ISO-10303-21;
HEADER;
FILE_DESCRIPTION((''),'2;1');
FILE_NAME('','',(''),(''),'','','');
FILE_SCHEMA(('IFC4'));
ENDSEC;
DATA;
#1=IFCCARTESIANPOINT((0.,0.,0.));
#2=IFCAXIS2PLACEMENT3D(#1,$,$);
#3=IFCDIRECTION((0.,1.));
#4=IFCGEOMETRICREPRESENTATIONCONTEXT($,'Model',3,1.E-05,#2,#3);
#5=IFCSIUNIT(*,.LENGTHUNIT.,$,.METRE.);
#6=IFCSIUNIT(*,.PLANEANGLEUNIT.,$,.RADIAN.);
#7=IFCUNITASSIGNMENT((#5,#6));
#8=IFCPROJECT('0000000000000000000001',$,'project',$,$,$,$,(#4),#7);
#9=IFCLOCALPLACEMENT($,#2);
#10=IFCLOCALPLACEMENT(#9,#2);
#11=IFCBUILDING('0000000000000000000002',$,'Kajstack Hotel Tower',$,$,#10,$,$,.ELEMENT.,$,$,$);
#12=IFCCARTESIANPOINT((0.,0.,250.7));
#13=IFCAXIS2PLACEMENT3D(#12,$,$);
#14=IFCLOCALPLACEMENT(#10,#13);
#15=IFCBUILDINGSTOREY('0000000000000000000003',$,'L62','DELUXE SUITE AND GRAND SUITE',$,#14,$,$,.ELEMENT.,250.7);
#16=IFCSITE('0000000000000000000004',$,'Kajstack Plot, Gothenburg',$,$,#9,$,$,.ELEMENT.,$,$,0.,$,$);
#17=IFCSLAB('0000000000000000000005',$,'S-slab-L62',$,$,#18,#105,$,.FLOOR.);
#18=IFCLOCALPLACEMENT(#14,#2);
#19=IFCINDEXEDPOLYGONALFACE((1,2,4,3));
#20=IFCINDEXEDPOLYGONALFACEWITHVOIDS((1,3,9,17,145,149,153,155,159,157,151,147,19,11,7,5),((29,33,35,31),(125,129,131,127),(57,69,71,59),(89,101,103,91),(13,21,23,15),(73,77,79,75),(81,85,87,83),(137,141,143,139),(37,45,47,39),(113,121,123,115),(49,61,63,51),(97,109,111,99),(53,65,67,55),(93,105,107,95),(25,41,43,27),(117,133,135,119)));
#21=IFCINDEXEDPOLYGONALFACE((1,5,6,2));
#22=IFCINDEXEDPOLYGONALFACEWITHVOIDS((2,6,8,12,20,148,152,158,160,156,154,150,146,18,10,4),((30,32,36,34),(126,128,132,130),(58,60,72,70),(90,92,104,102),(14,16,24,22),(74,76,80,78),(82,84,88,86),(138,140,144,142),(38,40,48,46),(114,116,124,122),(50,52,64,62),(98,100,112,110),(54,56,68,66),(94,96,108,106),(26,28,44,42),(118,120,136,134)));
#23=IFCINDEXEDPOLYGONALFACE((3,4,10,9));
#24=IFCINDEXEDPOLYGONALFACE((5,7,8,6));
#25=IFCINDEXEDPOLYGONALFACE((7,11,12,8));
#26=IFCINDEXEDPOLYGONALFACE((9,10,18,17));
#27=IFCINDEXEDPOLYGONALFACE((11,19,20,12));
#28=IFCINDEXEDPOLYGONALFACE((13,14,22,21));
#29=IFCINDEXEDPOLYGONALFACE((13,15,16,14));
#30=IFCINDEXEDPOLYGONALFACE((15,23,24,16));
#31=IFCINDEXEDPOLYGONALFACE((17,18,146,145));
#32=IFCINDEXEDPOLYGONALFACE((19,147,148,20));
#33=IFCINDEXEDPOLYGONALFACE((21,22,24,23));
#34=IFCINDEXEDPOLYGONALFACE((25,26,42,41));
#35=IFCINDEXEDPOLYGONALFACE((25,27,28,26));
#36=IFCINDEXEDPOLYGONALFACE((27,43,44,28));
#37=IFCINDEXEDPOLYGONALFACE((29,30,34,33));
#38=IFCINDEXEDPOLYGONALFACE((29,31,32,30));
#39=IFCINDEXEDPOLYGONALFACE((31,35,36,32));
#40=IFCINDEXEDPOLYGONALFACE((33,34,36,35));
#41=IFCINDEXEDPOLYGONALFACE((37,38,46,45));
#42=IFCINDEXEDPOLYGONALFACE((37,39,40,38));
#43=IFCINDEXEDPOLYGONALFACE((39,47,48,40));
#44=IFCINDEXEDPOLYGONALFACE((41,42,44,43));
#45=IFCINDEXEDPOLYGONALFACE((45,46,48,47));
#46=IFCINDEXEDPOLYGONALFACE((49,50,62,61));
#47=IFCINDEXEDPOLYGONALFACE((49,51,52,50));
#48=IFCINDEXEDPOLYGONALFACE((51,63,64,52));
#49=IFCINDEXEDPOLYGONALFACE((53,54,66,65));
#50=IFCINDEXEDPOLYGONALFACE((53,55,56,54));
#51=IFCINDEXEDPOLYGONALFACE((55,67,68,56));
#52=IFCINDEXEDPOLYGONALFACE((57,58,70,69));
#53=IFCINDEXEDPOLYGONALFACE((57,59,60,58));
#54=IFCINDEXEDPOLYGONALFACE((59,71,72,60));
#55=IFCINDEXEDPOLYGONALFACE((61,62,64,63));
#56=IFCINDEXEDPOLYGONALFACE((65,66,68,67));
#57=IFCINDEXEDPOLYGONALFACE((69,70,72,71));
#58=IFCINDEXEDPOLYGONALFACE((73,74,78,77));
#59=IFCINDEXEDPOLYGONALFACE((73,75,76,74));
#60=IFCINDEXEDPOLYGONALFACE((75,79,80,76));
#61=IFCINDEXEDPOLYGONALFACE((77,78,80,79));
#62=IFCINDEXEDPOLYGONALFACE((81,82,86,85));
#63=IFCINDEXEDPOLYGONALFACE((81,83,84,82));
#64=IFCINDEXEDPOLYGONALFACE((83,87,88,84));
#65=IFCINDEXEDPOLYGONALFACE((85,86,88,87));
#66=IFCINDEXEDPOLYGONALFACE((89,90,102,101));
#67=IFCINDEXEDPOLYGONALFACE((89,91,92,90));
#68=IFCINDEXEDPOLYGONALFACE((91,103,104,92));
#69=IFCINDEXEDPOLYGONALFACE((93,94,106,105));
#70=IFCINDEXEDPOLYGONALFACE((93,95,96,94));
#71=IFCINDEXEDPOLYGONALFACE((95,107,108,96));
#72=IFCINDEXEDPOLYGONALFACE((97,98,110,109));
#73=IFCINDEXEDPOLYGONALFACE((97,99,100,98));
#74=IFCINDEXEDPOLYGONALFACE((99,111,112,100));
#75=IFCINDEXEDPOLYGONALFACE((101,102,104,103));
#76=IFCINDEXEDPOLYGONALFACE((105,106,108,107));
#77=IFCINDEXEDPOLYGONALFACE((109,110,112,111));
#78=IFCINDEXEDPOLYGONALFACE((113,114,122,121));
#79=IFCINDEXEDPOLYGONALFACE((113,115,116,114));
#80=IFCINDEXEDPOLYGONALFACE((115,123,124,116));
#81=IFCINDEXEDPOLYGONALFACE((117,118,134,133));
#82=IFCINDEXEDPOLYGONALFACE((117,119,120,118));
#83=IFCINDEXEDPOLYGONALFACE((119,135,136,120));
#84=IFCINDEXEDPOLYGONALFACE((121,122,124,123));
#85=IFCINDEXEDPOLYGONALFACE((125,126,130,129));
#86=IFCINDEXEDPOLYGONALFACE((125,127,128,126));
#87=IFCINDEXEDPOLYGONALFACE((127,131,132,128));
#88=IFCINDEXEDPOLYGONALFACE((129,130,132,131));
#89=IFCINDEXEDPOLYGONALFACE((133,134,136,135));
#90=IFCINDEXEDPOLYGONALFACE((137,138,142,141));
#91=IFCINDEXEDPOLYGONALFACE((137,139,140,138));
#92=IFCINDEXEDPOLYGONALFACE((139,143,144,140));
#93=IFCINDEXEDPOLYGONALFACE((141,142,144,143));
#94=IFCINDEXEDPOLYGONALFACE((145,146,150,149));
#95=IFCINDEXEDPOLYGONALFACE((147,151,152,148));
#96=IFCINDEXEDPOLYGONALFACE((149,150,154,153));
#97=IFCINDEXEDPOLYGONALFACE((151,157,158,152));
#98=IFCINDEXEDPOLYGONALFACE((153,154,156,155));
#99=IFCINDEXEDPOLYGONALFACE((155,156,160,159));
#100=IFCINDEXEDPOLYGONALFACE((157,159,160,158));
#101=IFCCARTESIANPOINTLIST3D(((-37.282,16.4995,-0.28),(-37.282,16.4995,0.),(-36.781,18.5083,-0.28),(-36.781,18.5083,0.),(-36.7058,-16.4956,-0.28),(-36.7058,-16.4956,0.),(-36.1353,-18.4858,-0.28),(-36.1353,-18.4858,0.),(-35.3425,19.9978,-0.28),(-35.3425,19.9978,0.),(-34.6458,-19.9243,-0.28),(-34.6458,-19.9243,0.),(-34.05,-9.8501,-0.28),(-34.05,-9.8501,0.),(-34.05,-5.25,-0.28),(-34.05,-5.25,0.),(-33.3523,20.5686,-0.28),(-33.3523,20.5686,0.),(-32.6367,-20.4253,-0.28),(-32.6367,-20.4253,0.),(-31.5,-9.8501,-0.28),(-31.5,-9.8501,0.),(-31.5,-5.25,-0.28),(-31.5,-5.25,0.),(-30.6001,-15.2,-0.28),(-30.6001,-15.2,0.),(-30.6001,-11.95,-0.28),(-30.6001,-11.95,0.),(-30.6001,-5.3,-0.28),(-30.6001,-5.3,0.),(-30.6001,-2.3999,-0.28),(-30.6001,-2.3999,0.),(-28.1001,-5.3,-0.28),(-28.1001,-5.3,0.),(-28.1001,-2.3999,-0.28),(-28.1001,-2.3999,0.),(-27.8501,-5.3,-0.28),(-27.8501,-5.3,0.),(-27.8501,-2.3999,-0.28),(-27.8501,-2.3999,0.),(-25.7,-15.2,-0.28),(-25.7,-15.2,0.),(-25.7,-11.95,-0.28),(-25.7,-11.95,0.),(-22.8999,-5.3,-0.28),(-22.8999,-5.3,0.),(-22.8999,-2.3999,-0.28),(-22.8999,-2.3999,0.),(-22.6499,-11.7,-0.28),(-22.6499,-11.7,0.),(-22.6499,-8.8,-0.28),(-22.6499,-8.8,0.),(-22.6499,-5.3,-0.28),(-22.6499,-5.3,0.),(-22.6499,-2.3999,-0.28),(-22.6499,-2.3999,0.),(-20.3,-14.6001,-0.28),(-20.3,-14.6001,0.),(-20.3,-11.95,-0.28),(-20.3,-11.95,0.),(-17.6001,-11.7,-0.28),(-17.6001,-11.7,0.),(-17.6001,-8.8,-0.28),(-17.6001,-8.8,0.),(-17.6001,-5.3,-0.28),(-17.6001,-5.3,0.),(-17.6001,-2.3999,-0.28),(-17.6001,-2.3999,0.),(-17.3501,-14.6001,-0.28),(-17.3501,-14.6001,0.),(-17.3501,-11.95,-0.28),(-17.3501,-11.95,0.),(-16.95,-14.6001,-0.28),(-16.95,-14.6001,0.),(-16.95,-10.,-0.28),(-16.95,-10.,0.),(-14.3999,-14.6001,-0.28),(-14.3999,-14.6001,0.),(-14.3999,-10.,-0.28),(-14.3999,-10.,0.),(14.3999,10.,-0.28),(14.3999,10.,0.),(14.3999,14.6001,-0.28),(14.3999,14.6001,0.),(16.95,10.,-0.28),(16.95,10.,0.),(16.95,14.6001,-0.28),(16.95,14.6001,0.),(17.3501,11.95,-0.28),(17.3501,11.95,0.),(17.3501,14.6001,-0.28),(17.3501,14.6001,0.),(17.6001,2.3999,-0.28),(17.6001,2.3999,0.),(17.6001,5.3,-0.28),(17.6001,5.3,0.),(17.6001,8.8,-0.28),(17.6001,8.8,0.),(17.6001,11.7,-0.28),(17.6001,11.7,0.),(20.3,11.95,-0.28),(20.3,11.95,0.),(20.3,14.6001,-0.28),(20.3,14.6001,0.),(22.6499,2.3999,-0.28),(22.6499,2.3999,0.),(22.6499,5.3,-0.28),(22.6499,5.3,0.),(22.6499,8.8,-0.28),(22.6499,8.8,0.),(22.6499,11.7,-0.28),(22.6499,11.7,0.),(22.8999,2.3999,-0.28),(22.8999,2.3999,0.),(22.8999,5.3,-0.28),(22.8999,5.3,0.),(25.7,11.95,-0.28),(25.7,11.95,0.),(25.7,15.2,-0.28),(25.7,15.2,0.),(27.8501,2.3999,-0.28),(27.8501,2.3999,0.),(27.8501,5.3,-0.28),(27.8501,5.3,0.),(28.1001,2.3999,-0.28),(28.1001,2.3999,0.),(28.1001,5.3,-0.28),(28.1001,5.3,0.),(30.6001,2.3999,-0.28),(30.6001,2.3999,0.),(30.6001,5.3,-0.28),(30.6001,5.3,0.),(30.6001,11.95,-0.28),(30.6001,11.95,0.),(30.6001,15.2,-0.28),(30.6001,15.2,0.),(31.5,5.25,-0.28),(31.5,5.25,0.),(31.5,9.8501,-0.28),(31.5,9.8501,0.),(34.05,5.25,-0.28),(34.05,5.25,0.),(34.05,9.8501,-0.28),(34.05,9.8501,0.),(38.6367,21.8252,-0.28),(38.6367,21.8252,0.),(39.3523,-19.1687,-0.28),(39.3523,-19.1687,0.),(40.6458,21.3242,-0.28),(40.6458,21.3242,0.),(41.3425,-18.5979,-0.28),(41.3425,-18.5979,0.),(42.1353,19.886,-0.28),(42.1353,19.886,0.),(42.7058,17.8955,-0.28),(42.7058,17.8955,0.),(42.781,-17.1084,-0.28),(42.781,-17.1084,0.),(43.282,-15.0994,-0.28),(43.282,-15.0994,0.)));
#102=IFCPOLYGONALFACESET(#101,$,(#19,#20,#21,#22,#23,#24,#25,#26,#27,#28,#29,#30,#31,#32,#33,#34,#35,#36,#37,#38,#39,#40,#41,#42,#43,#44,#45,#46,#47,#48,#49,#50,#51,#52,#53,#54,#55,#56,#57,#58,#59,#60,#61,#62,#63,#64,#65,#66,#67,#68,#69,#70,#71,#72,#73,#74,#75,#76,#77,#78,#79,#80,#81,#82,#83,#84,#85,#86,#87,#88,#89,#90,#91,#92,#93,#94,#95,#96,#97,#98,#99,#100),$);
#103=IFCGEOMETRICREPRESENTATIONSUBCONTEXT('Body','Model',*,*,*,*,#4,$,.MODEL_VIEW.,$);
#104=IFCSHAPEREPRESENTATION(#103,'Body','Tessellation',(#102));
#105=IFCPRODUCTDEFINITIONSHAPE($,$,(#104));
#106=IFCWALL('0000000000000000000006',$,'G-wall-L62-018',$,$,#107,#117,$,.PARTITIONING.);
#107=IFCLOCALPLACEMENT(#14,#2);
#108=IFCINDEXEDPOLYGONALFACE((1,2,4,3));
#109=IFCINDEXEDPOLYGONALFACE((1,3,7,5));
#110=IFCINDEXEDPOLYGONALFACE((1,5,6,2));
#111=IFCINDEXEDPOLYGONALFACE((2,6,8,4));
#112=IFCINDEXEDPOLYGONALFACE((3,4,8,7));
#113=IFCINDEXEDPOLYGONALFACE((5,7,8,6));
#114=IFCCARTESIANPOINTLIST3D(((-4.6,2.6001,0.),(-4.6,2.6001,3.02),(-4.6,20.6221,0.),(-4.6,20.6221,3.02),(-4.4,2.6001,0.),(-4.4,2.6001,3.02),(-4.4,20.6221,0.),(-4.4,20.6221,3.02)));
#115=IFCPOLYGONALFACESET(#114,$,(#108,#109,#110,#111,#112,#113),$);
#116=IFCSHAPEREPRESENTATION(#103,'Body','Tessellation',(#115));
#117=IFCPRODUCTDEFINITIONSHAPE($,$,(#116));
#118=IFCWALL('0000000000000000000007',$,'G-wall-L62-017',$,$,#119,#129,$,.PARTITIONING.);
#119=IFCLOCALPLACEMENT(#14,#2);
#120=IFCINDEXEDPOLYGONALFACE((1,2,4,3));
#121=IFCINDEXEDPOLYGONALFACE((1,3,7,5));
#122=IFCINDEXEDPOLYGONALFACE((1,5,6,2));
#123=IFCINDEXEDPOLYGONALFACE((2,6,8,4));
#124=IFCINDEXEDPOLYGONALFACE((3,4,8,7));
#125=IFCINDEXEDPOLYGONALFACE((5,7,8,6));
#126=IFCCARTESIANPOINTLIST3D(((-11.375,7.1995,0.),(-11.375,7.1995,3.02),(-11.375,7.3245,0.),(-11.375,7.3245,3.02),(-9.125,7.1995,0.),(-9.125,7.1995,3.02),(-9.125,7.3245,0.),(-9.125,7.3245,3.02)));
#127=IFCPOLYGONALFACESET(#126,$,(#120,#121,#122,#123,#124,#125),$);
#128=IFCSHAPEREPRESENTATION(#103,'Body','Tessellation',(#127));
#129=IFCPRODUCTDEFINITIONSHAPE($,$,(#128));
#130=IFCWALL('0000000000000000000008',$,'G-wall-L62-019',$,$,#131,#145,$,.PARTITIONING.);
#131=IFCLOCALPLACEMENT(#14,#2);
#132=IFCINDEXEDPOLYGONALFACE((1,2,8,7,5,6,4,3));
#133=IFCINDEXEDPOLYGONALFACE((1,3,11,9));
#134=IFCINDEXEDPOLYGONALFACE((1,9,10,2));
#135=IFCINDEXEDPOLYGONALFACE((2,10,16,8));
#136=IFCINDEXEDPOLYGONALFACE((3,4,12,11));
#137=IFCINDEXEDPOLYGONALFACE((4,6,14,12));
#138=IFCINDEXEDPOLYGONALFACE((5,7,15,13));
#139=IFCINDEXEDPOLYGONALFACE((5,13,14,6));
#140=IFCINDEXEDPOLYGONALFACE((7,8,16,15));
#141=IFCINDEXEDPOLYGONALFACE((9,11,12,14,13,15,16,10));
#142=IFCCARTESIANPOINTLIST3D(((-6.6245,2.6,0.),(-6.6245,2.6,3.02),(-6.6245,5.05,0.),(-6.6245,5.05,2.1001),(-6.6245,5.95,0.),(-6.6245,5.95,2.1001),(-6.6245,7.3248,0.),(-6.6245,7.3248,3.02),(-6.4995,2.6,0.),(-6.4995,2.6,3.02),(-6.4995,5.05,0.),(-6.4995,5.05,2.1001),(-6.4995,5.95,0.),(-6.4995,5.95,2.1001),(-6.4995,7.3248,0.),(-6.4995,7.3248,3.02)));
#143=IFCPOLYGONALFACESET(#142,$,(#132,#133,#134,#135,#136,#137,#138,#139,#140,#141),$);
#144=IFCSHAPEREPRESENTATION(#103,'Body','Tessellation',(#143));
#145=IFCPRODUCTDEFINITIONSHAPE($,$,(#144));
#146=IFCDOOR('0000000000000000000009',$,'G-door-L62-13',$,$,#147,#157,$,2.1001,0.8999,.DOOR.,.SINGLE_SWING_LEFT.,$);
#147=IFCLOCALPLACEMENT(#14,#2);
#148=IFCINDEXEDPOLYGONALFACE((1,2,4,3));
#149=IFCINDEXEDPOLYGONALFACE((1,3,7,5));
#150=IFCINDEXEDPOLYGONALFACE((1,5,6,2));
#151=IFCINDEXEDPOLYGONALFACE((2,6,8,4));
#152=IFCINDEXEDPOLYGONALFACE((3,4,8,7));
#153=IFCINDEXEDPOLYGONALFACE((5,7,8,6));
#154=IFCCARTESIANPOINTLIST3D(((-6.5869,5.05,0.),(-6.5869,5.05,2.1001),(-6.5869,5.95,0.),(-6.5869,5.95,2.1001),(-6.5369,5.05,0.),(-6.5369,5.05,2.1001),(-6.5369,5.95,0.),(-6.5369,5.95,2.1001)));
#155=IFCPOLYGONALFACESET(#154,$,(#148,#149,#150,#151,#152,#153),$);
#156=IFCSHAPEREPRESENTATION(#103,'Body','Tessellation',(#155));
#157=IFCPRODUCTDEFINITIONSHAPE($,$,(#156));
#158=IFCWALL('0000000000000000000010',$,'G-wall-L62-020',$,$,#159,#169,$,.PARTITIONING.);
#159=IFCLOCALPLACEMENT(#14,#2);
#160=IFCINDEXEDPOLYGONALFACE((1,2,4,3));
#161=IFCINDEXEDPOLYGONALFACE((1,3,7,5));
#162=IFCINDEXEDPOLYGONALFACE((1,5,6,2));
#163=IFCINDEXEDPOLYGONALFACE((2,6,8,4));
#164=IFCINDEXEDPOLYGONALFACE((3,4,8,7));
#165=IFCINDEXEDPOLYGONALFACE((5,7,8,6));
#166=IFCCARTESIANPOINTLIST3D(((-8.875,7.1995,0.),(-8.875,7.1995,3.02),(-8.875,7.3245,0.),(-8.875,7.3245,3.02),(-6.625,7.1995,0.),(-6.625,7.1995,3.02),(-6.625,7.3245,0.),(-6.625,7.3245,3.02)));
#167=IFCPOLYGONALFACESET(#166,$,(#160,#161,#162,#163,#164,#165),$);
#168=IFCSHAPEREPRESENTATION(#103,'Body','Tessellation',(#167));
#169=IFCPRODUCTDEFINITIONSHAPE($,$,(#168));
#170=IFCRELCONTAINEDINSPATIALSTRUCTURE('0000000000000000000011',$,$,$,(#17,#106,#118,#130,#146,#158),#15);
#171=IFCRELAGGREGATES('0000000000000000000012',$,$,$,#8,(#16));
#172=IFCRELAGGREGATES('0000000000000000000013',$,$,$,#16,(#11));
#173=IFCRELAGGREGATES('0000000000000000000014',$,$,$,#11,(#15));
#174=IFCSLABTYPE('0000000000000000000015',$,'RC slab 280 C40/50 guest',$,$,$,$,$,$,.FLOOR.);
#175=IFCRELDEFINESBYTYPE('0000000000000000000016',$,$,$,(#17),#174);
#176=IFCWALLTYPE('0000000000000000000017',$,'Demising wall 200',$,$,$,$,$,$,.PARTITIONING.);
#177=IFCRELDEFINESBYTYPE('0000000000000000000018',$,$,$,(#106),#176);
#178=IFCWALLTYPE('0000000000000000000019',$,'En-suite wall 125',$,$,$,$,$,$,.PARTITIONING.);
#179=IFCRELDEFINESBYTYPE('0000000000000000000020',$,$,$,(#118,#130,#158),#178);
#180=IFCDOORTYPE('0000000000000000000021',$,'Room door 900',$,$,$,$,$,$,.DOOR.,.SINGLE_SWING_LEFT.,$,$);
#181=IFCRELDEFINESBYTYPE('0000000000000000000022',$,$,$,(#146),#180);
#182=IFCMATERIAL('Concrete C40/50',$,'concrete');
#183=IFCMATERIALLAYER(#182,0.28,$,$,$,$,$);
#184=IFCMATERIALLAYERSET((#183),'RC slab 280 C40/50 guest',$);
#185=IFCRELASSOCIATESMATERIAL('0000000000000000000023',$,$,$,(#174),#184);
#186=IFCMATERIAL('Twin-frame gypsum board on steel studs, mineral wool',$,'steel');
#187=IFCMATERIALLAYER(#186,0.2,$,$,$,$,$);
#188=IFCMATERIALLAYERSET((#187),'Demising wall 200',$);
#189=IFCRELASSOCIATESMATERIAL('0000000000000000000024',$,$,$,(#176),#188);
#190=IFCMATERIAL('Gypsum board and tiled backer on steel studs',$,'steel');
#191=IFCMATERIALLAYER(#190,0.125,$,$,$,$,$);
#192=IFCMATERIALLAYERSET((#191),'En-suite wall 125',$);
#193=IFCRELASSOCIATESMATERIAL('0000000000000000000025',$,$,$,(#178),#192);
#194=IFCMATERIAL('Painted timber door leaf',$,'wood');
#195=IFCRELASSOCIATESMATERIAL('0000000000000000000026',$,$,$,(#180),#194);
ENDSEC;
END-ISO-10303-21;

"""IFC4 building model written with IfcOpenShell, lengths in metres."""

from ifc_helpers import new_model, si_unit, direction, frame, frame_2d, origin, place, context, subcontext, project, spatial, polyline, rectangle, outline, extrude, material, layer, layer_set, type_object, element, fill, save


model = new_model("IFC4")

# Units and contexts
model_context = context("Model", 3, precision=1e-05, world=origin(), true_north=direction((0.0, 1.0)))
body_context = subcontext(model_context, "Body", "Model", "MODEL_VIEW")
ifc_project = project(units=[si_unit("LENGTHUNIT", "METRE"), si_unit("PLANEANGLEUNIT", "RADIAN")], contexts=[model_context])

# Site, building, storey
site_placement = place(None, origin())
site = spatial("IfcSite", under=ifc_project, at=site_placement, Name="Kajstack Plot, Gothenburg", CompositionType="ELEMENT", RefElevation=0.0)
building_placement = place(site_placement, origin())
building = spatial("IfcBuilding", under=site, at=building_placement, Name="Kajstack Hotel Tower", CompositionType="ELEMENT")
storey_placement = place(building_placement, frame((0.0, 0.0, 250.7)))
storey = spatial("IfcBuildingStorey", under=building, at=storey_placement, Name="L62", Description="DELUXE SUITE AND GRAND SUITE", CompositionType="ELEMENT", Elevation=250.7)

# Slab
ifc_material_1 = material(Name="Concrete C40/50", Category="concrete")
ifc_layer_1 = layer(ifc_material_1, 0.28)
ifc_layer_set_1 = layer_set([ifc_layer_1], Name="RC slab 280 C40/50 guest")
slab_type = type_object("IfcSlabType", Name="RC slab 280 C40/50 guest", PredefinedType="FLOOR", material=ifc_layer_set_1)
slab_placement = place(storey_placement, frame((0.0, 0.0, -0.28)))
element("IfcSlab", 1, at=slab_placement, inside=storey, type_object=slab_type, Name="S-slab-L62", PredefinedType="FLOOR", context=body_context, shape_type="SweptSolid", body=[
    extrude(outline(polyline([(-37.282, 16.4995), (-36.7058, -16.4956), (-36.1353, -18.4858), (-34.6458, -19.9243), (-32.6367, -20.4253), (39.3523, -19.1687), (41.3425, -18.5979), (42.781, -17.1084), (43.282, -15.0994), (42.7058, 17.8955), (42.1353, 19.886), (40.6458, 21.3242), (38.6367, 21.8252), (-33.3523, 20.5686), (-35.3425, 19.9978), (-36.781, 18.5083), (-37.282, 16.4995)]), holes=[polyline([(-22.6499, -11.7), (-22.6499, -8.8), (-17.6001, -8.8), (-17.6001, -11.7), (-22.6499, -11.7)]), polyline([(-27.8501, -5.3), (-27.8501, -2.3999), (-22.8999, -2.3999), (-22.8999, -5.3), (-27.8501, -5.3)]), polyline([(-22.6499, -5.3), (-22.6499, -2.3999), (-17.6001, -2.3999), (-17.6001, -5.3), (-22.6499, -5.3)]), polyline([(-20.3, -14.6001), (-17.3501, -14.6001), (-17.3501, -11.95), (-20.3, -11.95), (-20.3, -14.6001)]), polyline([(-30.6001, -5.3), (-28.1001, -5.3), (-28.1001, -2.3999), (-30.6001, -2.3999), (-30.6001, -5.3)]), polyline([(17.6001, 8.8), (17.6001, 11.7), (22.6499, 11.7), (22.6499, 8.8), (17.6001, 8.8)]), polyline([(22.8999, 2.3999), (22.8999, 5.3), (27.8501, 5.3), (27.8501, 2.3999), (22.8999, 2.3999)]), polyline([(17.6001, 2.3999), (17.6001, 5.3), (22.6499, 5.3), (22.6499, 2.3999), (17.6001, 2.3999)]), polyline([(20.3, 14.6001), (17.3501, 14.6001), (17.3501, 11.95), (20.3, 11.95), (20.3, 14.6001)]), polyline([(30.6001, 5.3), (28.1001, 5.3), (28.1001, 2.3999), (30.6001, 2.3999), (30.6001, 5.3)]), polyline([(-34.05, -9.8501), (-31.5, -9.8501), (-31.5, -5.25), (-34.05, -5.25), (-34.05, -9.8501)]), polyline([(-16.95, -14.6001), (-14.3999, -14.6001), (-14.3999, -10.0), (-16.95, -10.0), (-16.95, -14.6001)]), polyline([(-30.6001, -15.2), (-25.7, -15.2), (-25.7, -11.95), (-30.6001, -11.95), (-30.6001, -15.2)]), polyline([(34.05, 9.8501), (31.5, 9.8501), (31.5, 5.25), (34.05, 5.25), (34.05, 9.8501)]), polyline([(16.95, 14.6001), (14.3999, 14.6001), (14.3999, 10.0), (16.95, 10.0), (16.95, 14.6001)]), polyline([(30.6001, 15.2), (25.7, 15.2), (25.7, 11.95), (30.6001, 11.95), (30.6001, 15.2)])]), origin(), (0.0, 0.0, 1.0), 0.28),
])

# Walls
ifc_material_2 = material(Name="Twin-frame gypsum board on steel studs, mineral wool", Category="steel")
ifc_layer_2 = layer(ifc_material_2, 0.2)
ifc_layer_set_2 = layer_set([ifc_layer_2], Name="Demising wall 200")
wall_type_1 = type_object("IfcWallType", Name="Demising wall 200", PredefinedType="PARTITIONING", material=ifc_layer_set_2)
wall_1_placement = place(storey_placement, frame((-4.5, 2.6001, 0.0), z_axis=(0.0, 0.0, 1.0), x_axis=(0.0, 1.0, 0.0)))
element("IfcWall", 2, at=wall_1_placement, inside=storey, type_object=wall_type_1, Name="G-wall-L62-018", PredefinedType="PARTITIONING", context=body_context, shape_type="SweptSolid", body=[
    extrude(rectangle(XDim=18.022, YDim=0.2, at=frame_2d((9.011, 0.0))), origin(), (0.0, 0.0, 1.0), 3.02),
])
ifc_material_3 = material(Name="Gypsum board and tiled backer on steel studs", Category="steel")
ifc_layer_3 = layer(ifc_material_3, 0.125)
ifc_layer_set_3 = layer_set([ifc_layer_3], Name="En-suite wall 125")
wall_type_2 = type_object("IfcWallType", Name="En-suite wall 125", PredefinedType="PARTITIONING", material=ifc_layer_set_3)
wall_2_placement = place(storey_placement, frame((-11.375, 7.262, 0.0), z_axis=(0.0, 0.0, 1.0), x_axis=(1.0, 0.0, 0.0)))
element("IfcWall", 3, at=wall_2_placement, inside=storey, type_object=wall_type_2, Name="G-wall-L62-017", PredefinedType="PARTITIONING", context=body_context, shape_type="SweptSolid", body=[
    extrude(rectangle(XDim=2.25, YDim=0.125, at=frame_2d((1.125, 0.0))), origin(), (0.0, 0.0, 1.0), 3.02),
])

# Wall, opening, door
wall_3_placement = place(storey_placement, frame((-6.562, 2.6001, 0.0), z_axis=(0.0, 0.0, 1.0), x_axis=(0.0, 1.0, 0.0)))
wall_3 = element("IfcWall", 4, at=wall_3_placement, inside=storey, type_object=wall_type_2, Name="G-wall-L62-019", PredefinedType="PARTITIONING", context=body_context, shape_type="SweptSolid", body=[
    extrude(rectangle(XDim=4.7249, YDim=0.125, at=frame_2d((2.3623, 0.0))), origin(), (0.0, 0.0, 1.0), 3.02),
])
opening_1_placement = place(wall_3_placement, frame((2.45, 0.0, 0.0)))
opening_1 = element("IfcOpeningElement", 5, at=opening_1_placement, cuts=wall_3, PredefinedType="OPENING", context=body_context, shape_type="SweptSolid", body=[
    extrude(rectangle(XDim=0.8999, YDim=2.1001, at=frame_2d((0.45, 1.05))), frame((0.0, 0.0725, 0.0), z_axis=(0.0, -1.0, 0.0), x_axis=(1.0, 0.0, 0.0)), (0.0, 0.0, 1.0), 0.145),
])
ifc_material_4 = material(Name="Painted timber door leaf", Category="wood")
door_type_1 = type_object("IfcDoorType", Name="Room door 900", OperationType="SINGLE_SWING_LEFT", PredefinedType="DOOR", material=ifc_material_4)
door_1_placement = place(opening_1_placement, origin())
door_1 = element("IfcDoor", 6, at=door_1_placement, inside=storey, type_object=door_type_1, Name="G-door-L62-13", OperationType="SINGLE_SWING_LEFT", OverallHeight=2.1001, OverallWidth=0.8999, PredefinedType="DOOR", context=body_context, shape_type="SweptSolid", body=[
    extrude(rectangle(XDim=0.8999, YDim=2.1001, at=frame_2d((0.45, 1.05))), frame((0.0, 0.0249, 0.0), z_axis=(0.0, -1.0, 0.0), x_axis=(1.0, 0.0, 0.0)), (0.0, 0.0, 1.0), 0.05),
])
fill(opening_1, door_1)

# Wall
wall_4_placement = place(storey_placement, frame((-8.875, 7.262, 0.0), z_axis=(0.0, 0.0, 1.0), x_axis=(1.0, 0.0, 0.0)))
element("IfcWall", 7, at=wall_4_placement, inside=storey, type_object=wall_type_2, Name="G-wall-L62-020", PredefinedType="PARTITIONING", context=body_context, shape_type="SweptSolid", body=[
    extrude(rectangle(XDim=2.25, YDim=0.125, at=frame_2d((1.125, 0.0))), origin(), (0.0, 0.0, 1.0), 3.02),
])

save(model, "model.ifc")
